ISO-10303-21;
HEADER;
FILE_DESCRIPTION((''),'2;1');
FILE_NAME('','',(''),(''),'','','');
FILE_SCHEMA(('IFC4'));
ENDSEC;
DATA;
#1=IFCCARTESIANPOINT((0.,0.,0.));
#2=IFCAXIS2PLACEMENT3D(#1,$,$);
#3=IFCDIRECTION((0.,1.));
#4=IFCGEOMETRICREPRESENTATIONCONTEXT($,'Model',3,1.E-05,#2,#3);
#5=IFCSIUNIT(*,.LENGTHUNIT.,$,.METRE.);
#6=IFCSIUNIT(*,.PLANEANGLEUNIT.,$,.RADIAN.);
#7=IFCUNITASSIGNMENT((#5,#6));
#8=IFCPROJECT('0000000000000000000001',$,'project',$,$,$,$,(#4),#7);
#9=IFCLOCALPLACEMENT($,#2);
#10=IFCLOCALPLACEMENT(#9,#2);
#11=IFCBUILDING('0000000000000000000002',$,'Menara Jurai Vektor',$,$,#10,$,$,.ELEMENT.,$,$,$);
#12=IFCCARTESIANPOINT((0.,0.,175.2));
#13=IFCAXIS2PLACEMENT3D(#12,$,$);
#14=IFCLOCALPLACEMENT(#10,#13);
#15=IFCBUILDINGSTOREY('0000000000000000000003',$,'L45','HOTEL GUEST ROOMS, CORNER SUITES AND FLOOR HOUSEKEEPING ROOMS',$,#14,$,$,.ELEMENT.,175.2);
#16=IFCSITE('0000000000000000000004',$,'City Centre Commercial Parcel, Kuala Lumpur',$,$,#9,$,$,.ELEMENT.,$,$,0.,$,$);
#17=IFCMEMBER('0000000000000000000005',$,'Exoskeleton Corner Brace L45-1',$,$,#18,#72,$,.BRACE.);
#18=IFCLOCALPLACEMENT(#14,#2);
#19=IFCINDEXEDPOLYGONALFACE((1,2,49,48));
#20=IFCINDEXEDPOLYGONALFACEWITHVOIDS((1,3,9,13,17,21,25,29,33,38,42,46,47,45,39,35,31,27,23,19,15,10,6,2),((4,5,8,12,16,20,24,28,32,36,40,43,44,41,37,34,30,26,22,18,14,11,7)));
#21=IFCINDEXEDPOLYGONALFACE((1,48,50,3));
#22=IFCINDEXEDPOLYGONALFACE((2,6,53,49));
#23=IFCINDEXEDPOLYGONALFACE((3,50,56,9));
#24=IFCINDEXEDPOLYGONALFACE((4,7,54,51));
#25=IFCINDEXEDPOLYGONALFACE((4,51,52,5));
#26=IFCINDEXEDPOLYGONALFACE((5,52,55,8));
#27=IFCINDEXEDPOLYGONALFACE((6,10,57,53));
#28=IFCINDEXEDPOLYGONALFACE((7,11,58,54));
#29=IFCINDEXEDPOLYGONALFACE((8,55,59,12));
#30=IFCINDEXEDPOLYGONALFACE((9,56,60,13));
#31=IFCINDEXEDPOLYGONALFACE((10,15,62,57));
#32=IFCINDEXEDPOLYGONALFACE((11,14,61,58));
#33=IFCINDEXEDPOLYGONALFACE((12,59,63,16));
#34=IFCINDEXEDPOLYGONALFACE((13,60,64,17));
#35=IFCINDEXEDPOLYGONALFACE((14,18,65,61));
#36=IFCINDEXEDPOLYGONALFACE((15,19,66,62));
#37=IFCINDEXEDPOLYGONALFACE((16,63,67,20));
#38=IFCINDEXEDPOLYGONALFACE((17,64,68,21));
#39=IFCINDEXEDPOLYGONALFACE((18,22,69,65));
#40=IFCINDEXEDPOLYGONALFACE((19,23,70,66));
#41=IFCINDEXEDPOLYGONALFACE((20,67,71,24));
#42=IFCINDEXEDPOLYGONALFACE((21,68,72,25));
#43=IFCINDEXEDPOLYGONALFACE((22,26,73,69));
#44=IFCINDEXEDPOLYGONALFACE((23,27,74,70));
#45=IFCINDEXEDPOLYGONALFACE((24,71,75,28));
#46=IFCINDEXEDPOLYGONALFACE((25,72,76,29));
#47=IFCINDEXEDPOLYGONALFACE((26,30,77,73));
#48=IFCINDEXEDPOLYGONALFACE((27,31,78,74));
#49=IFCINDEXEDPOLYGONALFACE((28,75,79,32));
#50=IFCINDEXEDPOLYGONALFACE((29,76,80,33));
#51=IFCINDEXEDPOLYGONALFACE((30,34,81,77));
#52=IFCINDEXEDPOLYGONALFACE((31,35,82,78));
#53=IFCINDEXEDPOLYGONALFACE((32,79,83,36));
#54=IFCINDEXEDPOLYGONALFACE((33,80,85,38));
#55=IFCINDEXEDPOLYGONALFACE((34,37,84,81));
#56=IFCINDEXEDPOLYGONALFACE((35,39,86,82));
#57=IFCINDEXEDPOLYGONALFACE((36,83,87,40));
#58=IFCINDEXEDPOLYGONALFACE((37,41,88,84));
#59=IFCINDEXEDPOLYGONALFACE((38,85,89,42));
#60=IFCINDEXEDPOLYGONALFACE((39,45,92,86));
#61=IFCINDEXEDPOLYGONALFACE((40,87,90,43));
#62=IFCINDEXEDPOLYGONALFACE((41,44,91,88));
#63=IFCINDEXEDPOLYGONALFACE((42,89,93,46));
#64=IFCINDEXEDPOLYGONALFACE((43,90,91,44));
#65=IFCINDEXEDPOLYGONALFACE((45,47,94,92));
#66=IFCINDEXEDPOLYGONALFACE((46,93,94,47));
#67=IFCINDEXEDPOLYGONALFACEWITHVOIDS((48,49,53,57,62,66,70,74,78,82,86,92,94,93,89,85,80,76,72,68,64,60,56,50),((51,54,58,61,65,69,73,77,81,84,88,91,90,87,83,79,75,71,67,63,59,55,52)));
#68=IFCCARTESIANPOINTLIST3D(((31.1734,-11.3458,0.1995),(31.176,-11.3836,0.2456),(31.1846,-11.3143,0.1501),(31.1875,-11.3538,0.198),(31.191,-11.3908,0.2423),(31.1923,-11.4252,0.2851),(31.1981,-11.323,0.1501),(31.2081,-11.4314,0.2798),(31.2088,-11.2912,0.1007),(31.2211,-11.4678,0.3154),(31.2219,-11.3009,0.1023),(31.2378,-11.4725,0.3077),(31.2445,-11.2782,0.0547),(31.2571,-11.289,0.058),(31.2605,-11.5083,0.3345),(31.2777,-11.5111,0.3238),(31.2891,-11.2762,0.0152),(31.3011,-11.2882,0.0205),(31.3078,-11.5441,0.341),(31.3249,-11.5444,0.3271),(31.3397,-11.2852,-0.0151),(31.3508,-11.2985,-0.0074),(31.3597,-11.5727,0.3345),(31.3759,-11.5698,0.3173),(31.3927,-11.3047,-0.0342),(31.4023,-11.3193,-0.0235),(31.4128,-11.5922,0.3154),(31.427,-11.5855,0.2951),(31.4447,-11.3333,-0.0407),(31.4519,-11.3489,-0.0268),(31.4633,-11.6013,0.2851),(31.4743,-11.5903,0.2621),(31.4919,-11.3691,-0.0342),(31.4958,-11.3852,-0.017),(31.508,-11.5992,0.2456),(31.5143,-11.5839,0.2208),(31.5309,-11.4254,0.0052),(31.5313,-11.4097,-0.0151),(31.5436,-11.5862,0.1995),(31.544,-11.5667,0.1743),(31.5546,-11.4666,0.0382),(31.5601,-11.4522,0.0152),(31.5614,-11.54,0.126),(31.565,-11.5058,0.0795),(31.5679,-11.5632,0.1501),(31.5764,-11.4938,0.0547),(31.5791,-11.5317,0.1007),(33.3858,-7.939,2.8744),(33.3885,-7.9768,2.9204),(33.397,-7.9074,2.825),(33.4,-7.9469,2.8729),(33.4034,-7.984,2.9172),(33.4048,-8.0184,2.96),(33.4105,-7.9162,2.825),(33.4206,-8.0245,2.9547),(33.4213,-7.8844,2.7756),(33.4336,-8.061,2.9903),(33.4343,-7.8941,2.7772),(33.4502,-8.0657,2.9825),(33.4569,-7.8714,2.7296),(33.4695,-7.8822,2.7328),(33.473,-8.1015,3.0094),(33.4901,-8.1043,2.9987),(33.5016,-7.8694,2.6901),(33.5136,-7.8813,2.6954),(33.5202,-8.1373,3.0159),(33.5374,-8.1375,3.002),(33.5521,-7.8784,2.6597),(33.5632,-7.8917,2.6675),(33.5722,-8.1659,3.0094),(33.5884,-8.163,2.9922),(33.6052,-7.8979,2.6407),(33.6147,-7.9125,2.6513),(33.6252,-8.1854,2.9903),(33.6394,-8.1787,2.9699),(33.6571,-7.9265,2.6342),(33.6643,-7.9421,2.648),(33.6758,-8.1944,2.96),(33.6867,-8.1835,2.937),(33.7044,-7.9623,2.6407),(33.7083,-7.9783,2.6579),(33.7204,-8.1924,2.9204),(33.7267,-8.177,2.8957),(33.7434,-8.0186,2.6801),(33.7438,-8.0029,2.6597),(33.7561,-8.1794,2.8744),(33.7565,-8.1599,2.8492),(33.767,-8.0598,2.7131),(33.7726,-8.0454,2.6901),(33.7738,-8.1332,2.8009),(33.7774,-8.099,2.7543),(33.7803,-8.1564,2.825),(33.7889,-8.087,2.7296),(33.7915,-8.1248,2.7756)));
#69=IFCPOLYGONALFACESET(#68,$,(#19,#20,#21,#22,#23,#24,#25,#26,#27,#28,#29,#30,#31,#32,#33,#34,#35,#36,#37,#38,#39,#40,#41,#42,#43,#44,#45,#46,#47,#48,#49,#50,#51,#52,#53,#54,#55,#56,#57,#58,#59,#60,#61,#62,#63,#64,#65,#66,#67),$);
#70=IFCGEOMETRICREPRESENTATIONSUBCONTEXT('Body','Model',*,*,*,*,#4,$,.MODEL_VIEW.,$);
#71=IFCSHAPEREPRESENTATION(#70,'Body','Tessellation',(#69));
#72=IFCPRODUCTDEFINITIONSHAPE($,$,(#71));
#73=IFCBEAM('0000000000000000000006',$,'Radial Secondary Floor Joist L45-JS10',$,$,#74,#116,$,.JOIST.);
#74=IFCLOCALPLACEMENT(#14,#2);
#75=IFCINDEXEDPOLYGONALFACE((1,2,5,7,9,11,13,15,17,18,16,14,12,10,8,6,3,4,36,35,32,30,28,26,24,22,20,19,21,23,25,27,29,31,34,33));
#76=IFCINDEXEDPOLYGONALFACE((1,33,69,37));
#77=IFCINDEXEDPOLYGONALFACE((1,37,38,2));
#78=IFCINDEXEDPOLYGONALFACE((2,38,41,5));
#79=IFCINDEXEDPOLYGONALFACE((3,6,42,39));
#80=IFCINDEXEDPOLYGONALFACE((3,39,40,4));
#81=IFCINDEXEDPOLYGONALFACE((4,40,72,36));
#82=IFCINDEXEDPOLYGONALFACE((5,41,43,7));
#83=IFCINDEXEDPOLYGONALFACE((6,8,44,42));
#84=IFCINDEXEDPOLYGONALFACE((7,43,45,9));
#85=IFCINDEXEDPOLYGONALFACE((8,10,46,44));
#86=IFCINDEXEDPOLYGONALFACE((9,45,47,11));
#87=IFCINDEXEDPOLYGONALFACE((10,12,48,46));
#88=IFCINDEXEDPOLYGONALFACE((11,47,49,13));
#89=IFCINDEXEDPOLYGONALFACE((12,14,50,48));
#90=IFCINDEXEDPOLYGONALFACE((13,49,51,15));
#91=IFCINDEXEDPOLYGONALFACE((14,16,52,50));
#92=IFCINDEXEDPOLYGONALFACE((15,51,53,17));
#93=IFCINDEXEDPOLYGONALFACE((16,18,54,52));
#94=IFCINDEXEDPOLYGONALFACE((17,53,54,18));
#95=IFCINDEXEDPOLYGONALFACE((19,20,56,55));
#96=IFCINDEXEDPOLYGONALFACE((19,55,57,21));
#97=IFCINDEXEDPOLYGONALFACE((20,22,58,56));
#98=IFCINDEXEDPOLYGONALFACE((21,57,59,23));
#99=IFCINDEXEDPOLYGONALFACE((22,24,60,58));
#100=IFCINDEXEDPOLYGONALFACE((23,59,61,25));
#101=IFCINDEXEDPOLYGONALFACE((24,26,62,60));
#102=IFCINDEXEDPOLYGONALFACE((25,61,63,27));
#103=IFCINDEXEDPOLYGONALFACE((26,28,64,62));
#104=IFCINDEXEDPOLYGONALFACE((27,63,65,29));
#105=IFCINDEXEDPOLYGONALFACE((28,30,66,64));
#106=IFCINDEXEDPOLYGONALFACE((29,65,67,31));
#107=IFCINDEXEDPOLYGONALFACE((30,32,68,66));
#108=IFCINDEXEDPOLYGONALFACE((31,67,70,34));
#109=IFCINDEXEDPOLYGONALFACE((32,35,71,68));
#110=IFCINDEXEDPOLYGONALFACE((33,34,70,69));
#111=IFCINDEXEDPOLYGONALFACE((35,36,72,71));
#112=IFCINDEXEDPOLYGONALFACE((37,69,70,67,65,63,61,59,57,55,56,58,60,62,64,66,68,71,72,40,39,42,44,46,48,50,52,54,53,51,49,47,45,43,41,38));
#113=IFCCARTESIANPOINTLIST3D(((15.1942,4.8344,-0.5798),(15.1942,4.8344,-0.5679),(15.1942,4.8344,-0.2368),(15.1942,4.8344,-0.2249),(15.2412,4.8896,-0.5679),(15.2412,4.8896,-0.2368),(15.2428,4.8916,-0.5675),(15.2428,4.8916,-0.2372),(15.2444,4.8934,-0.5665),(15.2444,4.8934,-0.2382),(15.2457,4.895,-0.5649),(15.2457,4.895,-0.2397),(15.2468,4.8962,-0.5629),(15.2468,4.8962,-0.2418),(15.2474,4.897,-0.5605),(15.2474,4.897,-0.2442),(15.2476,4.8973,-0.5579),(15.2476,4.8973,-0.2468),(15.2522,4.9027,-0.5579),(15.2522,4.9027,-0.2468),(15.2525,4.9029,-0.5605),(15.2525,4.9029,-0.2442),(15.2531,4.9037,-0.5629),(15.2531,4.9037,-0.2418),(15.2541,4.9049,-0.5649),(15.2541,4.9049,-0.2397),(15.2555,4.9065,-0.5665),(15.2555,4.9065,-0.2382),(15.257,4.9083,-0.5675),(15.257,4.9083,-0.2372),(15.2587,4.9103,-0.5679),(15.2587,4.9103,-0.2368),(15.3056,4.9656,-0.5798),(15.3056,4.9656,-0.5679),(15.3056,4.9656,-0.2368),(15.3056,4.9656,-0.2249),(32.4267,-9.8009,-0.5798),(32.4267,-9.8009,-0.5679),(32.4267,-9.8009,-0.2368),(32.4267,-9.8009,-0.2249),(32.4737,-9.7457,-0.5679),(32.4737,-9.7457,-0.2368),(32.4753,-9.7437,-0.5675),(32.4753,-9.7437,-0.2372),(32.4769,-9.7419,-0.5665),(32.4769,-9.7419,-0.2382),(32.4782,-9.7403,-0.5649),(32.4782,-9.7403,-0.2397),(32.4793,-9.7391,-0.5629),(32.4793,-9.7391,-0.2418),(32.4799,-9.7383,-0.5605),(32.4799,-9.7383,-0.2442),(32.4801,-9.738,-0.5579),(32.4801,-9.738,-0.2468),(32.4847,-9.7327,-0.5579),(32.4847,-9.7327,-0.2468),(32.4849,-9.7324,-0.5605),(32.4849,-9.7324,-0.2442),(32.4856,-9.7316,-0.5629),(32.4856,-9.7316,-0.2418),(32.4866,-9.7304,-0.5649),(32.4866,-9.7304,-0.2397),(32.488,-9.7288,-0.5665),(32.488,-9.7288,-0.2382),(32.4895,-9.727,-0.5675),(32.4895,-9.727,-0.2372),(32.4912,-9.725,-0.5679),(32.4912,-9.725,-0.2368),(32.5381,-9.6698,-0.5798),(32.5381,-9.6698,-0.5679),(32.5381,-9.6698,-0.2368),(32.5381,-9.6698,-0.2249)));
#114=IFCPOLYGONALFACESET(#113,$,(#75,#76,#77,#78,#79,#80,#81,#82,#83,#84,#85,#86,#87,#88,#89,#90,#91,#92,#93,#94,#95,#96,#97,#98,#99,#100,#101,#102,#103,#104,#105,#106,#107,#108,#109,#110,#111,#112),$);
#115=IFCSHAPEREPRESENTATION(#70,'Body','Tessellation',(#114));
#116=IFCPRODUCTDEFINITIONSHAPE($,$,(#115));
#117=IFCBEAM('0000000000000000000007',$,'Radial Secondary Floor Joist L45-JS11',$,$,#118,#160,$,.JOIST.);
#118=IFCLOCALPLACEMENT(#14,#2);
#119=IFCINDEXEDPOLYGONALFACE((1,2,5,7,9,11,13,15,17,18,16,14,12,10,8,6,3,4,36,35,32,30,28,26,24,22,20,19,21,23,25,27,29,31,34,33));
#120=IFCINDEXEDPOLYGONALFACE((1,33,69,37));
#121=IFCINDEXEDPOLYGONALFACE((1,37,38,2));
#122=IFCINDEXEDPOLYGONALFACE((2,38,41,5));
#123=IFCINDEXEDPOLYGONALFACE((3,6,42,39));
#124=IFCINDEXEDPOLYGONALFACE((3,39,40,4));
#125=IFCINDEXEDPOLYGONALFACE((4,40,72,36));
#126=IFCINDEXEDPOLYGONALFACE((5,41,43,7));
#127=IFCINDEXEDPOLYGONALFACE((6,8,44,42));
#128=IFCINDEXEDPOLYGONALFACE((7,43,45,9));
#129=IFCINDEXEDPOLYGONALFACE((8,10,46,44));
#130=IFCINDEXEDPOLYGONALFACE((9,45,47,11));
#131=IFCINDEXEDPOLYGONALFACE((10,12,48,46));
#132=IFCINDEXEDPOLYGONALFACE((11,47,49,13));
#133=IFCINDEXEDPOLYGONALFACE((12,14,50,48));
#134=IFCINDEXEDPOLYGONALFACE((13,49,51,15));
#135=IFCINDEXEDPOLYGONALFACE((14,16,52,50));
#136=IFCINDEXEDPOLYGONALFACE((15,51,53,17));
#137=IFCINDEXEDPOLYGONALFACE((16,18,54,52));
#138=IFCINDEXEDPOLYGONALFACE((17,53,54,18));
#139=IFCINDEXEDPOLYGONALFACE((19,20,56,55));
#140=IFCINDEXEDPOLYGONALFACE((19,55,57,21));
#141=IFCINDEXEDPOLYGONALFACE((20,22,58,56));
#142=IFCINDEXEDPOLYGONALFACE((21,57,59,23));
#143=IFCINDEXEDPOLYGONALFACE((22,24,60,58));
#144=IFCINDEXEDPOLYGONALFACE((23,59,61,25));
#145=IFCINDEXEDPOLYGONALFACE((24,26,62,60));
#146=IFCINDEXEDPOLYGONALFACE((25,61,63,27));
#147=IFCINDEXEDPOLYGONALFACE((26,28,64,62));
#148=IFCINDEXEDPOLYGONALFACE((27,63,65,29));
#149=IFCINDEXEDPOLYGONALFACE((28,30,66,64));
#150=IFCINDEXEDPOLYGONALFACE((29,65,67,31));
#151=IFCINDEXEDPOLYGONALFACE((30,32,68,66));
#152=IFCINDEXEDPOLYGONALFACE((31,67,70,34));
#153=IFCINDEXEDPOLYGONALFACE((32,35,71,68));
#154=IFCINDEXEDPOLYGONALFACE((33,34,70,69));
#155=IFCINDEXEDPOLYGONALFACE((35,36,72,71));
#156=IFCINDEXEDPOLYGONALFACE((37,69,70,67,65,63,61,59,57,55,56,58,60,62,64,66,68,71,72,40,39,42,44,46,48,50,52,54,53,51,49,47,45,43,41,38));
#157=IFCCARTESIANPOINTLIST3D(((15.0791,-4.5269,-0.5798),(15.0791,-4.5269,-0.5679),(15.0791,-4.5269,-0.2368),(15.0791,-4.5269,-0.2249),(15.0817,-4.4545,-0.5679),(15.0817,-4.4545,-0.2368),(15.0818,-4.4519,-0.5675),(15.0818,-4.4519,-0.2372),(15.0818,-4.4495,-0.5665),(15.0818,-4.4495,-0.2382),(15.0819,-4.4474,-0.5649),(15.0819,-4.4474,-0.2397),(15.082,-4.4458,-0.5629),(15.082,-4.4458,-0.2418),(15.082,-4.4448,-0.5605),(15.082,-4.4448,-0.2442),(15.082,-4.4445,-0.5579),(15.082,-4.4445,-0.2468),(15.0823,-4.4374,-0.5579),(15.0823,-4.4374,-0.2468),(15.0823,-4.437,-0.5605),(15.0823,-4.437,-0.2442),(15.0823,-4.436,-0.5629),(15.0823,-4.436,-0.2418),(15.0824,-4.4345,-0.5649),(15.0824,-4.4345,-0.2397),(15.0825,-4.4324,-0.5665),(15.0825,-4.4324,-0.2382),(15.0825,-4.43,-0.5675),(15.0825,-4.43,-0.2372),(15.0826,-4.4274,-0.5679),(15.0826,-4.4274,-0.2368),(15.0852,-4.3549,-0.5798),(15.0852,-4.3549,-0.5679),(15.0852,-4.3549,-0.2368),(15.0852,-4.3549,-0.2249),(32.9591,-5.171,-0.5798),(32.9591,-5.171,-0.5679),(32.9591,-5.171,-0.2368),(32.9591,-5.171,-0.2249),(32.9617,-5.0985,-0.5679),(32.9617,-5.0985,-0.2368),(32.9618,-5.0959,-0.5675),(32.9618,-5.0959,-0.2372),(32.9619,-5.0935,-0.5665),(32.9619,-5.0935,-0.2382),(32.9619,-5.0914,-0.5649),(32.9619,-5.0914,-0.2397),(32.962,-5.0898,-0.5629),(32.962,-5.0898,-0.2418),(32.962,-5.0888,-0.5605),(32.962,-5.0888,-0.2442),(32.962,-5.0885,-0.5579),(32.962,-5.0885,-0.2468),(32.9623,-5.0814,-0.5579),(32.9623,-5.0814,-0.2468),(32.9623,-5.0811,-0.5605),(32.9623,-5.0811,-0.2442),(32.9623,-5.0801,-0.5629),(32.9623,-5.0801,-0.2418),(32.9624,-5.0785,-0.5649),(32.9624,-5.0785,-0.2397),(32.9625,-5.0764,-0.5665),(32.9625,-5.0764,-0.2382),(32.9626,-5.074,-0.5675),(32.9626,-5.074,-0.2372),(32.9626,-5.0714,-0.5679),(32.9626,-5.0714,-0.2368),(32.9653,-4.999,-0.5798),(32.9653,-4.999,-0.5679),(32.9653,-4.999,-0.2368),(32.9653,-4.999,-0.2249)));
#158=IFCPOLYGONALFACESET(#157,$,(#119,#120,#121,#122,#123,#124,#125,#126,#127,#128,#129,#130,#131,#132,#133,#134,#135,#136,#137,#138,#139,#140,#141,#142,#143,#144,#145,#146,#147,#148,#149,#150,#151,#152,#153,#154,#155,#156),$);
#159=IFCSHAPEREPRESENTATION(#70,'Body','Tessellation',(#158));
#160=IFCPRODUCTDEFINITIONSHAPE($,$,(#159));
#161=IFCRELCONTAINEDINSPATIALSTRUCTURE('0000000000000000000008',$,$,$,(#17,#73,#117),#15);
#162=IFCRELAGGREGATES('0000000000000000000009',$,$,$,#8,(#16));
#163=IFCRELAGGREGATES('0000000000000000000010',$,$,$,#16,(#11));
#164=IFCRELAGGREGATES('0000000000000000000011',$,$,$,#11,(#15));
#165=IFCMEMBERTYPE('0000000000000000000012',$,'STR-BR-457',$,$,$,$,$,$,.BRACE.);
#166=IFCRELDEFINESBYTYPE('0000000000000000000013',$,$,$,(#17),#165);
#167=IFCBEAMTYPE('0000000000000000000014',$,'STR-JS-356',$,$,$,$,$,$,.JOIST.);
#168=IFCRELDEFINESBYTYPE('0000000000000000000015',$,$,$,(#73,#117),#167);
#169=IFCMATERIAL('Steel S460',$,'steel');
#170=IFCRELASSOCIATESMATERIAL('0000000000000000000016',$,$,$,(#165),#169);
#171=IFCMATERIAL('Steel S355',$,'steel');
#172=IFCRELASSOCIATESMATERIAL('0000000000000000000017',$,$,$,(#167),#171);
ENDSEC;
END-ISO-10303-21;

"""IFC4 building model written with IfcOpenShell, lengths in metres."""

from ifc_helpers import new_model, si_unit, direction, frame, origin, origin_2d, place, context, subcontext, project, spatial, hollow_circle, i_section, extrude, material, material_profile, profile_set, type_object, element, save


model = new_model("IFC4")

# Units and contexts
model_context = context("Model", 3, precision=1e-05, world=origin(), true_north=direction((0.0, 1.0)))
body_context = subcontext(model_context, "Body", "Model", "MODEL_VIEW")
ifc_project = project(units=[si_unit("LENGTHUNIT", "METRE"), si_unit("PLANEANGLEUNIT", "RADIAN")], contexts=[model_context])

# Site, building, storey
site_placement = place(None, origin())
site = spatial("IfcSite", under=ifc_project, at=site_placement, Name="City Centre Commercial Parcel, Kuala Lumpur", CompositionType="ELEMENT", RefElevation=0.0)
building_placement = place(site_placement, origin())
building = spatial("IfcBuilding", under=site, at=building_placement, Name="Menara Jurai Vektor", CompositionType="ELEMENT")
storey_placement = place(building_placement, frame((0.0, 0.0, 175.2)))
storey = spatial("IfcBuildingStorey", under=building, at=storey_placement, Name="L45", Description="HOTEL GUEST ROOMS, CORNER SUITES AND FLOOR HOUSEKEEPING ROOMS", CompositionType="ELEMENT", Elevation=175.2)

# Shared definitions
ifc_material_1 = material(Name="Steel S460", Category="steel")

# Shared definitions
ifc_material_2 = material(Name="Steel S355", Category="steel")

# Member
ifc_material_profile_1 = material_profile(ifc_material_1, hollow_circle(Radius=0.2285, WallThickness=0.0161, at=origin_2d()), Name="CHS 457x16")
ifc_profile_set_1 = profile_set([ifc_material_profile_1], Name="Steel S460")
member_type_1 = type_object("IfcMemberType", Name="STR-BR-457", PredefinedType="BRACE", material=ifc_profile_set_1)
member_1_placement = place(storey_placement, frame((31.3762, -11.4387, 0.1501), z_axis=(0.454884, 0.700448, 0.549957), x_axis=(-0.838666, 0.544646, 0.0)))
element("IfcMember", 1, at=member_1_placement, inside=storey, type_object=member_type_1, Name="Exoskeleton Corner Brace L45-1", PredefinedType="BRACE", context=body_context, shape_type="SweptSolid", body=[
    extrude(hollow_circle(Radius=0.2285, WallThickness=0.0161, at=origin_2d()), origin(), (0.0, 0.0, 1.0), 4.8638),
])

# Beams
ifc_material_profile_2 = material_profile(ifc_material_2, i_section(OverallWidth=0.1721, OverallDepth=0.355, WebThickness=0.0071, FlangeThickness=0.012, FilletRadius=0.01, at=origin_2d()), Name="UKB 356x171x51")
ifc_profile_set_2 = profile_set([ifc_material_profile_2], Name="Steel S355")
beam_type_1 = type_object("IfcBeamType", Name="STR-JS-356", PredefinedType="JOIST", material=ifc_profile_set_2)
beam_1_placement = place(storey_placement, frame((32.4824, -9.7354, -0.4023), z_axis=(-0.762208, 0.647332, 0.0), x_axis=(-0.647332, -0.762208, 0.0)))
element("IfcBeam", 2, at=beam_1_placement, inside=storey, type_object=beam_type_1, Name="Radial Secondary Floor Joist L45-JS10", PredefinedType="JOIST", context=body_context, shape_type="SweptSolid", body=[
    extrude(i_section(OverallWidth=0.1721, OverallDepth=0.355, WebThickness=0.0071, FlangeThickness=0.012, FilletRadius=0.01, at=origin_2d()), origin(), (0.0, 0.0, 1.0), 22.6086),
])
beam_2_placement = place(storey_placement, frame((32.9622, -5.085, -0.4023), z_axis=(-0.999352, 0.035997, 0.0), x_axis=(-0.035997, -0.999352, 0.0)))
element("IfcBeam", 3, at=beam_2_placement, inside=storey, type_object=beam_type_1, Name="Radial Secondary Floor Joist L45-JS11", PredefinedType="JOIST", context=body_context, shape_type="SweptSolid", body=[
    extrude(i_section(OverallWidth=0.1721, OverallDepth=0.355, WebThickness=0.0071, FlangeThickness=0.012, FilletRadius=0.01, at=origin_2d()), origin(), (0.0, 0.0, 1.0), 17.8916),
])

save(model, "model.ifc")
